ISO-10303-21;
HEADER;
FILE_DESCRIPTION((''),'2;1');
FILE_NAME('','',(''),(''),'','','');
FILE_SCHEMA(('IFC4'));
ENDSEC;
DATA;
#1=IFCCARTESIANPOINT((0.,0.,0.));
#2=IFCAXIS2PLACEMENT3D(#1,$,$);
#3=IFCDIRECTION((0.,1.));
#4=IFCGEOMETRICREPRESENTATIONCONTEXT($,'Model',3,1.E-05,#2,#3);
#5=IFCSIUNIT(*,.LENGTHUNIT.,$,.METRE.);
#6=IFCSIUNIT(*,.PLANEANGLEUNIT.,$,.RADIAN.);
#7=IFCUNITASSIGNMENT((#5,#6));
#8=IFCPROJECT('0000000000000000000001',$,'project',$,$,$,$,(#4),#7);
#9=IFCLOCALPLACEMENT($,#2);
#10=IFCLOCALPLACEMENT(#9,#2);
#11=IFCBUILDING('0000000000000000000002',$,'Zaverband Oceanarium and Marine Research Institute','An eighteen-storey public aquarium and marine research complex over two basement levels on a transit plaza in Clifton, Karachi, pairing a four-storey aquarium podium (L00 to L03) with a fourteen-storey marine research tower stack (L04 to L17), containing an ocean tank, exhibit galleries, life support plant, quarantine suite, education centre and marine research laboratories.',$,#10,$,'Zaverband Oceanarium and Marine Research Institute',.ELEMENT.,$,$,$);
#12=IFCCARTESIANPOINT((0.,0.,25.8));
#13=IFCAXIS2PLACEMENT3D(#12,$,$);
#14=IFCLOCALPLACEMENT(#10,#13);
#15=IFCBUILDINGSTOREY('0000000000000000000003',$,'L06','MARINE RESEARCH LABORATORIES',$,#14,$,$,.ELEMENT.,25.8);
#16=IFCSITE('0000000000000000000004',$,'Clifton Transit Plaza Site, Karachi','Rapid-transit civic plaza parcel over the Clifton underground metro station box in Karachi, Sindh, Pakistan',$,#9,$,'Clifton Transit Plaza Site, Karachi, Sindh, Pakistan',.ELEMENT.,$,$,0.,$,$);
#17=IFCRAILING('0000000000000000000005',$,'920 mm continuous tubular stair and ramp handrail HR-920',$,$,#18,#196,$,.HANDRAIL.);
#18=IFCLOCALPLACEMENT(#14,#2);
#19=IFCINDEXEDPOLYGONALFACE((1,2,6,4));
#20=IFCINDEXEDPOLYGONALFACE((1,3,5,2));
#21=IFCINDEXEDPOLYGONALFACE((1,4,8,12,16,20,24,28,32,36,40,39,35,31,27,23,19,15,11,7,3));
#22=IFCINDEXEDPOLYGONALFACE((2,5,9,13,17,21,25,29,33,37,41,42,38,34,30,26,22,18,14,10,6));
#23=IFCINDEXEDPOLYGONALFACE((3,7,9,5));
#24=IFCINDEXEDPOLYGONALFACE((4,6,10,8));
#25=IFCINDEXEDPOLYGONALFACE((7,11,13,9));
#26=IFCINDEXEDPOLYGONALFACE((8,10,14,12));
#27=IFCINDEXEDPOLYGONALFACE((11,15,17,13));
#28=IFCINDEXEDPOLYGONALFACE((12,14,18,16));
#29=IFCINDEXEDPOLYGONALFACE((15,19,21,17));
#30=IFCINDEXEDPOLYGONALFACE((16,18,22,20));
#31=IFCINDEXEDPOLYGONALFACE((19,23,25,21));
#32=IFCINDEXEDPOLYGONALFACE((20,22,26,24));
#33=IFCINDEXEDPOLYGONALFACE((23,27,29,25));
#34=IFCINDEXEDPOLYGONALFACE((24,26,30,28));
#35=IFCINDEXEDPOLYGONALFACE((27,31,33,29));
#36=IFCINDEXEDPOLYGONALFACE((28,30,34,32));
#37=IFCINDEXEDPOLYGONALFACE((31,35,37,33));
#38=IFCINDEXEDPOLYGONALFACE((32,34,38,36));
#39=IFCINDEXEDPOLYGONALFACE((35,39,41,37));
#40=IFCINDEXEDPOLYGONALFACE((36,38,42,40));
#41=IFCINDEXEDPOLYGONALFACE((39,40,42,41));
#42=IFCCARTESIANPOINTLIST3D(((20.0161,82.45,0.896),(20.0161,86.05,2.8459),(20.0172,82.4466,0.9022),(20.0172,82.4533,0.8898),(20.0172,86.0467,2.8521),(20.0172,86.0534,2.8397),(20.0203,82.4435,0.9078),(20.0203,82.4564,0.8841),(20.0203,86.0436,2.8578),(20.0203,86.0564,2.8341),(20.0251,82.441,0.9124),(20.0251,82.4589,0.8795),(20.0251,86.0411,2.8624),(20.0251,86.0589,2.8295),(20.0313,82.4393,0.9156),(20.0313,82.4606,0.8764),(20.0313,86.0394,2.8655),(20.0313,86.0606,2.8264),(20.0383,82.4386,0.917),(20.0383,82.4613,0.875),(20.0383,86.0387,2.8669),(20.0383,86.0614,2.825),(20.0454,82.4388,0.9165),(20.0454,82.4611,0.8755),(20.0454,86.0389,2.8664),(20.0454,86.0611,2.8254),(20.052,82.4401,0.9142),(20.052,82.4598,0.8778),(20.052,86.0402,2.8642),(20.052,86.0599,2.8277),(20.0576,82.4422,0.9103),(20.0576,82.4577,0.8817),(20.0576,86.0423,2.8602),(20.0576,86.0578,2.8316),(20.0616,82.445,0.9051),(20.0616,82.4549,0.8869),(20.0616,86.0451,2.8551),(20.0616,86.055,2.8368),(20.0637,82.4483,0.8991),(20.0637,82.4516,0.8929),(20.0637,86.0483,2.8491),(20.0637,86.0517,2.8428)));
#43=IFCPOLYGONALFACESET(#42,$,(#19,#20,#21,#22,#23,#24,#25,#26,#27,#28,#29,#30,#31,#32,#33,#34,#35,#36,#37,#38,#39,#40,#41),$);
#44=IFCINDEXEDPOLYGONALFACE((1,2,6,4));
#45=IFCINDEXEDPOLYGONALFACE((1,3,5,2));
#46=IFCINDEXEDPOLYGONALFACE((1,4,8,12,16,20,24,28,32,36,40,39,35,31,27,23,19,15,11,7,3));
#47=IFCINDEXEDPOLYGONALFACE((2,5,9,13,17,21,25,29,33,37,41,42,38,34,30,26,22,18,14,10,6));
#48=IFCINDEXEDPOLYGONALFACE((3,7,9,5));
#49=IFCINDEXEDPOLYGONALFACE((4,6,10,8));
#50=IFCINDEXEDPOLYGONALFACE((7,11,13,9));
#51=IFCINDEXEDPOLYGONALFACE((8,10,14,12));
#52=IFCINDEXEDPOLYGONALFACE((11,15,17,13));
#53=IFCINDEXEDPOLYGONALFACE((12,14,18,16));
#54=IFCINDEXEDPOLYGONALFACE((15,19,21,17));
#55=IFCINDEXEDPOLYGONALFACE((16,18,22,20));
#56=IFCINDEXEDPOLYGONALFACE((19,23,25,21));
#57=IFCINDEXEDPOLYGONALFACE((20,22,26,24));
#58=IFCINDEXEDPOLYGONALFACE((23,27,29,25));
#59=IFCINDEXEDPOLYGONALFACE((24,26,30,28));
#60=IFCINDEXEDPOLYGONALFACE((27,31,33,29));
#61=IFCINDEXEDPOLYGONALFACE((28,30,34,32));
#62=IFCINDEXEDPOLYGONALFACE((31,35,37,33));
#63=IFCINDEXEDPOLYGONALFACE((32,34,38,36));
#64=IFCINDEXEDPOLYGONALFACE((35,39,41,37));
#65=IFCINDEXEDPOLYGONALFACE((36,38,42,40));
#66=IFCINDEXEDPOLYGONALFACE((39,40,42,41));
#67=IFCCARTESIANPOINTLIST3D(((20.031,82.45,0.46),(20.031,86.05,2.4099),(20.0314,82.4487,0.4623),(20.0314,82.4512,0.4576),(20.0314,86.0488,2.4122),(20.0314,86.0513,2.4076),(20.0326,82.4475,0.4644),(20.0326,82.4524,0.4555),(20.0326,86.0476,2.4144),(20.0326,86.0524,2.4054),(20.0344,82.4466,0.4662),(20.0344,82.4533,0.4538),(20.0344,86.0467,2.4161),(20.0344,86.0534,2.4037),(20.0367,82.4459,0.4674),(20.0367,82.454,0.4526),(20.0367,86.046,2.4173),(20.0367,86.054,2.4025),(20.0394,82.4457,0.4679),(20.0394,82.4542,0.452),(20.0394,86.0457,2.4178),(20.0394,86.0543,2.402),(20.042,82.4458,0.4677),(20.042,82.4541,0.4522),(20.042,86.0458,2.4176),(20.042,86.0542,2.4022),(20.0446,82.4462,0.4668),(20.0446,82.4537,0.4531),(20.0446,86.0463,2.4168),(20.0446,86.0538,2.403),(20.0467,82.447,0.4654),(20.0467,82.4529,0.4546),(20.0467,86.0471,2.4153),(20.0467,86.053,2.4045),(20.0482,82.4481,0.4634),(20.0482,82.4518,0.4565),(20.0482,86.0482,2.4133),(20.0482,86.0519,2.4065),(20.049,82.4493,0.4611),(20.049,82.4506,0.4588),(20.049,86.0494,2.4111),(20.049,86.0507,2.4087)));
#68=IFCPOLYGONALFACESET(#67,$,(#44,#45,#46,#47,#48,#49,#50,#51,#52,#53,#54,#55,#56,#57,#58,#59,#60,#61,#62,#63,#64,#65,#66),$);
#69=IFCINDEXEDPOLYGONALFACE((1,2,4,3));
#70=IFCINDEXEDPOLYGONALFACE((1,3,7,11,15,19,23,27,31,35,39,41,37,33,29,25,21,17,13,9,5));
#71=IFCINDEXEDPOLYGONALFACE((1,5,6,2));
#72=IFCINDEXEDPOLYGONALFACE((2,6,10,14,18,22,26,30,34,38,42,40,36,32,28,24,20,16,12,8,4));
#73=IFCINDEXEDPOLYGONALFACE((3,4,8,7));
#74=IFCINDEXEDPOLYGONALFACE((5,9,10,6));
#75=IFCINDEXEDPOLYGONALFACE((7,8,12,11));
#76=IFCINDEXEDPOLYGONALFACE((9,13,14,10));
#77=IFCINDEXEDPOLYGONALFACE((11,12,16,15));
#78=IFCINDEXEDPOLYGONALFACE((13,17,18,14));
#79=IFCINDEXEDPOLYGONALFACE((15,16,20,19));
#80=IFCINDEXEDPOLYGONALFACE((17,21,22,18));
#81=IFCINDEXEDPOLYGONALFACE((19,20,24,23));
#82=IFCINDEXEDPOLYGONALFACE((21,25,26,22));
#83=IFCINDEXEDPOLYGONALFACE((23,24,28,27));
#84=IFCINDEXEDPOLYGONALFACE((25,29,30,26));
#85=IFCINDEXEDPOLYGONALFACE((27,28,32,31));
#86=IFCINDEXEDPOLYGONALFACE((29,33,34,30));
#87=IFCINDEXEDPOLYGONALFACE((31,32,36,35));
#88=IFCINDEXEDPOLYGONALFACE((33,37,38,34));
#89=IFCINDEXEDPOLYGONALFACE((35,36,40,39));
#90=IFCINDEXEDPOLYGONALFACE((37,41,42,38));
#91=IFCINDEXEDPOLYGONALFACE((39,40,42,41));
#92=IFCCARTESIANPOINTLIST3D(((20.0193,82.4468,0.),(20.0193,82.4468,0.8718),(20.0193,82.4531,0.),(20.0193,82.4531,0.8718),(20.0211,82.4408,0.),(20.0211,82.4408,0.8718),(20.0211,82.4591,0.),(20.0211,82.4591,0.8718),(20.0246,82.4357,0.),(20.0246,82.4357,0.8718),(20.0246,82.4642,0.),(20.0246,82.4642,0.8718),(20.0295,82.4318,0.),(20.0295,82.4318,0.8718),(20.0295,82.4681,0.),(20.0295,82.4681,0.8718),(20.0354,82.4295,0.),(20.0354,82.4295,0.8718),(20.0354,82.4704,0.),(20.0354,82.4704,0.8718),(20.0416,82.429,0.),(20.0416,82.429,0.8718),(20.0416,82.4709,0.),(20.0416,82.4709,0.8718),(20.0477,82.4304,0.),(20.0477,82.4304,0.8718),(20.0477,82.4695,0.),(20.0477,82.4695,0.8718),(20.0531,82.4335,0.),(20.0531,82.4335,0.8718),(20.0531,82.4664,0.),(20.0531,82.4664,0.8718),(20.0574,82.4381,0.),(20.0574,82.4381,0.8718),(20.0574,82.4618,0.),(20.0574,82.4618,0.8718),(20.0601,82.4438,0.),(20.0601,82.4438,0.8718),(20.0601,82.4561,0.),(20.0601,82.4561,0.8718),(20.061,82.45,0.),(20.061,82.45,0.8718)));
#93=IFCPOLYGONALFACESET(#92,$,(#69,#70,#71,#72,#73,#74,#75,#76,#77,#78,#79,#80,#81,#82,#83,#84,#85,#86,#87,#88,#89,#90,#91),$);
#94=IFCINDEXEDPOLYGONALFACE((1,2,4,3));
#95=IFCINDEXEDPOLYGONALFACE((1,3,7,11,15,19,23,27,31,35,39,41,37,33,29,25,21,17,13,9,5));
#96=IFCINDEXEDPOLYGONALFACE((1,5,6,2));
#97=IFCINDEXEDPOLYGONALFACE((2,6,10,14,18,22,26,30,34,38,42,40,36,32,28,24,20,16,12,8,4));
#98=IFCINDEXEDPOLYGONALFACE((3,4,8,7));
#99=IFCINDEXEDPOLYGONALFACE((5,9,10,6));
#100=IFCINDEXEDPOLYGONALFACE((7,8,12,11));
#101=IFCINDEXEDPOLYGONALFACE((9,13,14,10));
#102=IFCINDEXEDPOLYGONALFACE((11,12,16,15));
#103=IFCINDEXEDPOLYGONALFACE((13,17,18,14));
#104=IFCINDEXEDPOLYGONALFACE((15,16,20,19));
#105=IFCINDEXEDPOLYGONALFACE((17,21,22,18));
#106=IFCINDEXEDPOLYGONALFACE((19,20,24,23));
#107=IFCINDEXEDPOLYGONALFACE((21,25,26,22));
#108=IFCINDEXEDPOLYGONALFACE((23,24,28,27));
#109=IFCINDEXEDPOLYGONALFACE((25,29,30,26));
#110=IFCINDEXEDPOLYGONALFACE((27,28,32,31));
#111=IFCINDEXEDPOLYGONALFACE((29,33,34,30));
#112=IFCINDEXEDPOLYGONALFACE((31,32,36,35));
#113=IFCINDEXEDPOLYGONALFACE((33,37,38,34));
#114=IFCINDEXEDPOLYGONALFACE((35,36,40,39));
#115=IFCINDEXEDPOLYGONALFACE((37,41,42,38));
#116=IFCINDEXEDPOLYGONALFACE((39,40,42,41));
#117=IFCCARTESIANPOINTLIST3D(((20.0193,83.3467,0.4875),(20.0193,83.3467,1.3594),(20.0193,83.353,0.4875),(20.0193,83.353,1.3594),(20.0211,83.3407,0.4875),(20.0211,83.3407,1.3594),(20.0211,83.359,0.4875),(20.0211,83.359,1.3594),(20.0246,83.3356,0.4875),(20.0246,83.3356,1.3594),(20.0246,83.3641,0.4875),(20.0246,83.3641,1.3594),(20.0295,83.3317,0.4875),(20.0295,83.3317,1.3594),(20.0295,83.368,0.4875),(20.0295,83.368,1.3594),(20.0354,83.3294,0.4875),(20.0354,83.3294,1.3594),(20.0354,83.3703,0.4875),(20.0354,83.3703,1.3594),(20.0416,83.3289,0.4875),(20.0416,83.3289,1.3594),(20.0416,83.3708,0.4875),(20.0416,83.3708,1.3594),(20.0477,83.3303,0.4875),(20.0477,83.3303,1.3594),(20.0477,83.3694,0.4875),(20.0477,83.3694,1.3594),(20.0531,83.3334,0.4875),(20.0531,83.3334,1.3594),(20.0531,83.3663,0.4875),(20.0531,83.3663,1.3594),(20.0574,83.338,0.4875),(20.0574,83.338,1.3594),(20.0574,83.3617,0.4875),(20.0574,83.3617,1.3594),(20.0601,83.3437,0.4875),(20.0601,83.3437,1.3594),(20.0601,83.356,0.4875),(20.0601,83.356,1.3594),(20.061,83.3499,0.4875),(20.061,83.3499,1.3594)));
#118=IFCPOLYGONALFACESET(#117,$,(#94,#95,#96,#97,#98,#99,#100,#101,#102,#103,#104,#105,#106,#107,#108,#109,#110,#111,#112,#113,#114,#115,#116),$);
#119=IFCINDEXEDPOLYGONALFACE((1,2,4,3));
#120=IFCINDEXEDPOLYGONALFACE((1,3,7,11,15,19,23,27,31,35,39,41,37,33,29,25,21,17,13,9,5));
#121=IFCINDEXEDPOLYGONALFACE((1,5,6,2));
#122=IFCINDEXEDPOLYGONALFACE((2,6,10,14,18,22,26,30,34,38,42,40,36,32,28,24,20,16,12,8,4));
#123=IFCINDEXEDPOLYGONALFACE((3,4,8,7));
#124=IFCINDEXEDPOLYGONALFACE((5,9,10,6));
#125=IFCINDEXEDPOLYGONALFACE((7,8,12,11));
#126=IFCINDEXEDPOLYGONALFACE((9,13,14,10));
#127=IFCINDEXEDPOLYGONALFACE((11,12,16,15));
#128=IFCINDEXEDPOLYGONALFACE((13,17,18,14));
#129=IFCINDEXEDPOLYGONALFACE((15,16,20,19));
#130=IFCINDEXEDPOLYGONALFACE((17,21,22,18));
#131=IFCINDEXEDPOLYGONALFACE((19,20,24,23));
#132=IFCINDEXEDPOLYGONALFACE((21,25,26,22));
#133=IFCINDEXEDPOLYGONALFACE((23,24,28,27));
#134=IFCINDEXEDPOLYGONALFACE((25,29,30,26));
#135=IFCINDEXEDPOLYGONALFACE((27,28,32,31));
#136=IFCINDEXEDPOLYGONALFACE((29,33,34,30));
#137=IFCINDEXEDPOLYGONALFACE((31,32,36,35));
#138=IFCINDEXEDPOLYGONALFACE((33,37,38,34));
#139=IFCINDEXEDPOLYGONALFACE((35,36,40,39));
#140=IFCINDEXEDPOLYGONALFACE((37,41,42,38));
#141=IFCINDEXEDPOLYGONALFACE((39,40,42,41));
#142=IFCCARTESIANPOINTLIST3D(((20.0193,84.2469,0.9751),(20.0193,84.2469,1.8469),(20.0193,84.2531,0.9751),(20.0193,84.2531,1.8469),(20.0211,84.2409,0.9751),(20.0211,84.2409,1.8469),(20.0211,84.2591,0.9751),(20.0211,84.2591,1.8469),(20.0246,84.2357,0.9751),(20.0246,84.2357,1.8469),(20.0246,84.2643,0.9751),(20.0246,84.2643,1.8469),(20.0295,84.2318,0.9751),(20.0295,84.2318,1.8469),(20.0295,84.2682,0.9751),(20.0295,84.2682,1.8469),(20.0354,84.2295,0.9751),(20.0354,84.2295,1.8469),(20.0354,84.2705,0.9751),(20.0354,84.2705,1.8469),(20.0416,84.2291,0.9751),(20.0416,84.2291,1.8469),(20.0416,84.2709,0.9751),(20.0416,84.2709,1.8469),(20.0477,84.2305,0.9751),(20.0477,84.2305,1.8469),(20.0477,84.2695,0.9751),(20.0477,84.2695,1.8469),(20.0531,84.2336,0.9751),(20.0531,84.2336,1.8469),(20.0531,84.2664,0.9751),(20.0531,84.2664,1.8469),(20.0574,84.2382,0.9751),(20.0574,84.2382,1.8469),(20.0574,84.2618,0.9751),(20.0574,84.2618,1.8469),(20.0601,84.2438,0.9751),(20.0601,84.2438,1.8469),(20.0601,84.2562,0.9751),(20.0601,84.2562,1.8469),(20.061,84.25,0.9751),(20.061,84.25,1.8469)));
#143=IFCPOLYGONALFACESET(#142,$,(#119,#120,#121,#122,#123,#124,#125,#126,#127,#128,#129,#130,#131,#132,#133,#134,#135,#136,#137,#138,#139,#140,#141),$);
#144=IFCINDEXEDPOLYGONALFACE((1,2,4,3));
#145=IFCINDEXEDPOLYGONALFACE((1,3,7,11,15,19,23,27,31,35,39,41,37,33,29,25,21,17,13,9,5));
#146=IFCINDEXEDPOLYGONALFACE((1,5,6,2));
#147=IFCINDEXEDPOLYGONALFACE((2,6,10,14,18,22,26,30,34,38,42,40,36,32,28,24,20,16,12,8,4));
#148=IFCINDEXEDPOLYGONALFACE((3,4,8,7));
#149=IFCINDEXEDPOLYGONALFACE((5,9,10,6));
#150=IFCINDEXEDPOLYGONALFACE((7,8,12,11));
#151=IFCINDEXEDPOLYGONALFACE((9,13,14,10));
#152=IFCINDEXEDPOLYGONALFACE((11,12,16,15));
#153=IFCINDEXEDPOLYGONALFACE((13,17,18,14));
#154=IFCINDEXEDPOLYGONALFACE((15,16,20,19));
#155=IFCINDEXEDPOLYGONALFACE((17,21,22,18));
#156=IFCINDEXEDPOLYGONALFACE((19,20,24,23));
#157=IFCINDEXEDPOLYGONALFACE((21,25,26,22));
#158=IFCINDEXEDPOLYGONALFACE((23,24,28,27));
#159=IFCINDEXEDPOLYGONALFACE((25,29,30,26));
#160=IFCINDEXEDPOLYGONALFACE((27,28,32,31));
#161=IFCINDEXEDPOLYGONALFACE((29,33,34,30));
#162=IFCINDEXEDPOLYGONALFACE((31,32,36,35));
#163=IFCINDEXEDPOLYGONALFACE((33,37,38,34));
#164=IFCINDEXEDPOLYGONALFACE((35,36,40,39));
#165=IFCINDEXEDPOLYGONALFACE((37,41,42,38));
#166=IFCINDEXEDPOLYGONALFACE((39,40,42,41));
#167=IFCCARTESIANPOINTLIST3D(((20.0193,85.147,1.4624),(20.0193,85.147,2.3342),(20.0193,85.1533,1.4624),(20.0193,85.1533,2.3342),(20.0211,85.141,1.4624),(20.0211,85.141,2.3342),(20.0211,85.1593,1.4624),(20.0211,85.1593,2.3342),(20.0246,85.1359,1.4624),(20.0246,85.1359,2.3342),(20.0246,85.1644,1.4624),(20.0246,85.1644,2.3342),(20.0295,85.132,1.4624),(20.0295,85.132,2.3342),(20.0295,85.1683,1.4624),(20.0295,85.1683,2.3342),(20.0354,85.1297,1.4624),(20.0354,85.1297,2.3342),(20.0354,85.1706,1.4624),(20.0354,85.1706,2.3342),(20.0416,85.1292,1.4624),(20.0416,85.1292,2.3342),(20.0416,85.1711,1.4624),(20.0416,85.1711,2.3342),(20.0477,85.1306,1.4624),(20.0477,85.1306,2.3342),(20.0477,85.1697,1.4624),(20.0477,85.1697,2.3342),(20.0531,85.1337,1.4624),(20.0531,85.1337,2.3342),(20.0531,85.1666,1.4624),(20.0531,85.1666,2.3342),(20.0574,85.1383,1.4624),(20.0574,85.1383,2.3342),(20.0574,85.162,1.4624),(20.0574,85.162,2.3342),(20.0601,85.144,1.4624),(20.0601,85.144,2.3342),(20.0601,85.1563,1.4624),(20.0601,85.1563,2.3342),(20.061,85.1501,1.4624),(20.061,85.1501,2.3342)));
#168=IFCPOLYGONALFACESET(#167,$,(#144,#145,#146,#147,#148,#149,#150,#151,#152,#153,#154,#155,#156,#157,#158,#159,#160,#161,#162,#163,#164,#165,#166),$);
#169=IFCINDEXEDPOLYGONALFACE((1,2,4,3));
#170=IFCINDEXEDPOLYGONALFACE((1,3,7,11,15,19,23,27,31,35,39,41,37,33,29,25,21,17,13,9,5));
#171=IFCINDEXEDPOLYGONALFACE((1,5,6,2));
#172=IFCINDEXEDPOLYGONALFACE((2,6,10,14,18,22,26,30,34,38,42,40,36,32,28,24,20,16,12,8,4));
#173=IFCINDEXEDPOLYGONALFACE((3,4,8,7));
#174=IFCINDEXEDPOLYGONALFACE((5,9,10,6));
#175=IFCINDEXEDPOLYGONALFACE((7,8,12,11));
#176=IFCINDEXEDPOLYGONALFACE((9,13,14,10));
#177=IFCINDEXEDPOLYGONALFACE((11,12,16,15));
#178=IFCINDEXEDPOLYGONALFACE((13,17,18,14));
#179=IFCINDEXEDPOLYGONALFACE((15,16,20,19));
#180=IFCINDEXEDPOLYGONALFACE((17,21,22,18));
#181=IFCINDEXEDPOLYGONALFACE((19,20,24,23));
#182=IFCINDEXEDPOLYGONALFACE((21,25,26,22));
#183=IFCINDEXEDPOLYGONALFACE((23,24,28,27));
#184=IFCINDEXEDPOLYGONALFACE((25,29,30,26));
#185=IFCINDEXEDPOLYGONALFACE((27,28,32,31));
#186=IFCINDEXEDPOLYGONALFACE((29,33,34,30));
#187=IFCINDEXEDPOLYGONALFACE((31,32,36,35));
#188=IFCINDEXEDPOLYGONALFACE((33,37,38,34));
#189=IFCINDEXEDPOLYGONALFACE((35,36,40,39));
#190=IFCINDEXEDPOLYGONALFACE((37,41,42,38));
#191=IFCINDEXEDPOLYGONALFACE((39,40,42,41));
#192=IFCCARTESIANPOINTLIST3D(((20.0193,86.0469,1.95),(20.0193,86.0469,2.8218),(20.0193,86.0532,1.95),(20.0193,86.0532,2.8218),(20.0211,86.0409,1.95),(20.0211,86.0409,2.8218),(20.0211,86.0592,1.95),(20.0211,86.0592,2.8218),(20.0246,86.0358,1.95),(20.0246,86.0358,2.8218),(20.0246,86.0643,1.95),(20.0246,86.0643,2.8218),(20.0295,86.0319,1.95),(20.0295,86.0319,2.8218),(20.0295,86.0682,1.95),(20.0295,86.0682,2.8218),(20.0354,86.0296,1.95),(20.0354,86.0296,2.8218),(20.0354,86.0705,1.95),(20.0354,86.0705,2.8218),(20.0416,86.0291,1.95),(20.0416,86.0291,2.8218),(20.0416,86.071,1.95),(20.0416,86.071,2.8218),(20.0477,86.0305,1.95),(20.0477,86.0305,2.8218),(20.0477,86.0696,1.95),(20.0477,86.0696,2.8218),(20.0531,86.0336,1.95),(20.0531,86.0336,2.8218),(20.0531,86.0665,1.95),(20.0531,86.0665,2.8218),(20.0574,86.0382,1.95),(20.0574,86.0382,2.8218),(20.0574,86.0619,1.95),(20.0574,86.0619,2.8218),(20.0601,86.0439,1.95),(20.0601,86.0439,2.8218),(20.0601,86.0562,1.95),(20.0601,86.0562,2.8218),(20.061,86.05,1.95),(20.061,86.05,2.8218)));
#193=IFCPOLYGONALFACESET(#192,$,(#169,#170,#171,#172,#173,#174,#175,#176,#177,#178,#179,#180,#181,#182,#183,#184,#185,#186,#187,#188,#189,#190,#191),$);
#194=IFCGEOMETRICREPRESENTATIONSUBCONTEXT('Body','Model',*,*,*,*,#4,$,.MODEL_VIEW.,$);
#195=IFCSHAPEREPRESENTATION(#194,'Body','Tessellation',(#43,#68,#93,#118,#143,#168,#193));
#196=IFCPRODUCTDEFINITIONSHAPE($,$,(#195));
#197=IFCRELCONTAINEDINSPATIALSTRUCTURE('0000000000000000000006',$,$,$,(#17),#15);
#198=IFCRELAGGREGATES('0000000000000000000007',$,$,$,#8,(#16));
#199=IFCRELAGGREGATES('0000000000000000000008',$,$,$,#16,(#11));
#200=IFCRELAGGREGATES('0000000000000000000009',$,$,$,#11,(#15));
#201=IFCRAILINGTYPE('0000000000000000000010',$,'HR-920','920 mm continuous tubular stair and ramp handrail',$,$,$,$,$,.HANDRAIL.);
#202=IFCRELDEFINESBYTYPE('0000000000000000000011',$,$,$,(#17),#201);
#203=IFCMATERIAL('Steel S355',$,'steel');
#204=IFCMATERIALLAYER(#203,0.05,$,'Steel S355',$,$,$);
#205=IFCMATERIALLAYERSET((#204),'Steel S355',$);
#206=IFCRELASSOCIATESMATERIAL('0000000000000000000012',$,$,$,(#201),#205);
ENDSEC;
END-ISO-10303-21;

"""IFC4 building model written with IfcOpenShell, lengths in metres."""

from ifc_helpers import new_model, si_unit, direction, frame, origin, origin_2d, place, context, subcontext, project, spatial, circle, extrude, material, layer, layer_set, type_object, element, save


model = new_model("IFC4")

# Units and contexts
model_context = context("Model", 3, precision=1e-05, world=origin(), true_north=direction((0.0, 1.0)))
body_context = subcontext(model_context, "Body", "Model", "MODEL_VIEW")
ifc_project = project(units=[si_unit("LENGTHUNIT", "METRE"), si_unit("PLANEANGLEUNIT", "RADIAN")], contexts=[model_context])

# Site, building, storey
site_placement = place(None, origin())
site = spatial("IfcSite", under=ifc_project, at=site_placement, Name="Clifton Transit Plaza Site, Karachi", Description="Rapid-transit civic plaza parcel over the Clifton underground metro station box in Karachi, Sindh, Pakistan", LongName="Clifton Transit Plaza Site, Karachi, Sindh, Pakistan", CompositionType="ELEMENT", RefElevation=0.0)
building_placement = place(site_placement, origin())
building = spatial("IfcBuilding", under=site, at=building_placement, Name="Zaverband Oceanarium and Marine Research Institute", Description="An eighteen-storey public aquarium and marine research complex over two basement levels on a transit plaza in Clifton, Karachi, pairing a four-storey aquarium podium (L00 to L03) with a fourteen-storey marine research tower stack (L04 to L17), containing an ocean tank, exhibit galleries, life support plant, quarantine suite, education centre and marine research laboratories.", LongName="Zaverband Oceanarium and Marine Research Institute", CompositionType="ELEMENT")
storey_placement = place(building_placement, frame((0.0, 0.0, 25.8)))
storey = spatial("IfcBuildingStorey", under=building, at=storey_placement, Name="L06", Description="MARINE RESEARCH LABORATORIES", CompositionType="ELEMENT", Elevation=25.8)

# Shared definitions
ifc_material_1 = material(Name="Steel S355", Category="steel")

# Railing
ifc_layer_1 = layer(ifc_material_1, 0.05, Name="Steel S355")
ifc_layer_set_1 = layer_set([ifc_layer_1], Name="Steel S355")
railing_type_1 = type_object("IfcRailingType", Name="HR-920", Description="920 mm continuous tubular stair and ramp handrail", PredefinedType="HANDRAIL", material=ifc_layer_set_1)
railing_1_placement = place(storey_placement, frame((20.04, 82.45, 0.0)))
element("IfcRailing", 1, at=railing_1_placement, inside=storey, type_object=railing_type_1, Name="920 mm continuous tubular stair and ramp handrail HR-920", PredefinedType="HANDRAIL", context=body_context, shape_type="SweptSolid", body=[
    extrude(circle(Radius=0.0239, at=origin_2d()), frame((0.0, 0.0, 0.896), z_axis=(0.0, 0.879302, 0.476264), x_axis=(-1.0, 0.0, 0.0)), (0.0, 0.0, 1.0), 4.0942),
    extrude(circle(Radius=0.009, at=origin_2d()), frame((0.0, 0.0, 0.46), z_axis=(0.0, 0.879302, 0.476264), x_axis=(-1.0, 0.0, 0.0)), (0.0, 0.0, 1.0), 4.0942),
    extrude(circle(Radius=0.021, at=origin_2d()), origin(), (0.0, 0.0, 1.0), 0.8718),
    extrude(circle(Radius=0.021, at=origin_2d()), frame((0.0, 0.8999, 0.4875)), (0.0, 0.0, 1.0), 0.8718),
    extrude(circle(Radius=0.021, at=origin_2d()), frame((0.0, 1.8, 0.9751)), (0.0, 0.0, 1.0), 0.8718),
    extrude(circle(Radius=0.021, at=origin_2d()), frame((0.0, 2.7002, 1.4624)), (0.0, 0.0, 1.0), 0.8718),
    extrude(circle(Radius=0.021, at=origin_2d()), frame((0.0, 3.6001, 1.95)), (0.0, 0.0, 1.0), 0.8718),
])

save(model, "model.ifc")
